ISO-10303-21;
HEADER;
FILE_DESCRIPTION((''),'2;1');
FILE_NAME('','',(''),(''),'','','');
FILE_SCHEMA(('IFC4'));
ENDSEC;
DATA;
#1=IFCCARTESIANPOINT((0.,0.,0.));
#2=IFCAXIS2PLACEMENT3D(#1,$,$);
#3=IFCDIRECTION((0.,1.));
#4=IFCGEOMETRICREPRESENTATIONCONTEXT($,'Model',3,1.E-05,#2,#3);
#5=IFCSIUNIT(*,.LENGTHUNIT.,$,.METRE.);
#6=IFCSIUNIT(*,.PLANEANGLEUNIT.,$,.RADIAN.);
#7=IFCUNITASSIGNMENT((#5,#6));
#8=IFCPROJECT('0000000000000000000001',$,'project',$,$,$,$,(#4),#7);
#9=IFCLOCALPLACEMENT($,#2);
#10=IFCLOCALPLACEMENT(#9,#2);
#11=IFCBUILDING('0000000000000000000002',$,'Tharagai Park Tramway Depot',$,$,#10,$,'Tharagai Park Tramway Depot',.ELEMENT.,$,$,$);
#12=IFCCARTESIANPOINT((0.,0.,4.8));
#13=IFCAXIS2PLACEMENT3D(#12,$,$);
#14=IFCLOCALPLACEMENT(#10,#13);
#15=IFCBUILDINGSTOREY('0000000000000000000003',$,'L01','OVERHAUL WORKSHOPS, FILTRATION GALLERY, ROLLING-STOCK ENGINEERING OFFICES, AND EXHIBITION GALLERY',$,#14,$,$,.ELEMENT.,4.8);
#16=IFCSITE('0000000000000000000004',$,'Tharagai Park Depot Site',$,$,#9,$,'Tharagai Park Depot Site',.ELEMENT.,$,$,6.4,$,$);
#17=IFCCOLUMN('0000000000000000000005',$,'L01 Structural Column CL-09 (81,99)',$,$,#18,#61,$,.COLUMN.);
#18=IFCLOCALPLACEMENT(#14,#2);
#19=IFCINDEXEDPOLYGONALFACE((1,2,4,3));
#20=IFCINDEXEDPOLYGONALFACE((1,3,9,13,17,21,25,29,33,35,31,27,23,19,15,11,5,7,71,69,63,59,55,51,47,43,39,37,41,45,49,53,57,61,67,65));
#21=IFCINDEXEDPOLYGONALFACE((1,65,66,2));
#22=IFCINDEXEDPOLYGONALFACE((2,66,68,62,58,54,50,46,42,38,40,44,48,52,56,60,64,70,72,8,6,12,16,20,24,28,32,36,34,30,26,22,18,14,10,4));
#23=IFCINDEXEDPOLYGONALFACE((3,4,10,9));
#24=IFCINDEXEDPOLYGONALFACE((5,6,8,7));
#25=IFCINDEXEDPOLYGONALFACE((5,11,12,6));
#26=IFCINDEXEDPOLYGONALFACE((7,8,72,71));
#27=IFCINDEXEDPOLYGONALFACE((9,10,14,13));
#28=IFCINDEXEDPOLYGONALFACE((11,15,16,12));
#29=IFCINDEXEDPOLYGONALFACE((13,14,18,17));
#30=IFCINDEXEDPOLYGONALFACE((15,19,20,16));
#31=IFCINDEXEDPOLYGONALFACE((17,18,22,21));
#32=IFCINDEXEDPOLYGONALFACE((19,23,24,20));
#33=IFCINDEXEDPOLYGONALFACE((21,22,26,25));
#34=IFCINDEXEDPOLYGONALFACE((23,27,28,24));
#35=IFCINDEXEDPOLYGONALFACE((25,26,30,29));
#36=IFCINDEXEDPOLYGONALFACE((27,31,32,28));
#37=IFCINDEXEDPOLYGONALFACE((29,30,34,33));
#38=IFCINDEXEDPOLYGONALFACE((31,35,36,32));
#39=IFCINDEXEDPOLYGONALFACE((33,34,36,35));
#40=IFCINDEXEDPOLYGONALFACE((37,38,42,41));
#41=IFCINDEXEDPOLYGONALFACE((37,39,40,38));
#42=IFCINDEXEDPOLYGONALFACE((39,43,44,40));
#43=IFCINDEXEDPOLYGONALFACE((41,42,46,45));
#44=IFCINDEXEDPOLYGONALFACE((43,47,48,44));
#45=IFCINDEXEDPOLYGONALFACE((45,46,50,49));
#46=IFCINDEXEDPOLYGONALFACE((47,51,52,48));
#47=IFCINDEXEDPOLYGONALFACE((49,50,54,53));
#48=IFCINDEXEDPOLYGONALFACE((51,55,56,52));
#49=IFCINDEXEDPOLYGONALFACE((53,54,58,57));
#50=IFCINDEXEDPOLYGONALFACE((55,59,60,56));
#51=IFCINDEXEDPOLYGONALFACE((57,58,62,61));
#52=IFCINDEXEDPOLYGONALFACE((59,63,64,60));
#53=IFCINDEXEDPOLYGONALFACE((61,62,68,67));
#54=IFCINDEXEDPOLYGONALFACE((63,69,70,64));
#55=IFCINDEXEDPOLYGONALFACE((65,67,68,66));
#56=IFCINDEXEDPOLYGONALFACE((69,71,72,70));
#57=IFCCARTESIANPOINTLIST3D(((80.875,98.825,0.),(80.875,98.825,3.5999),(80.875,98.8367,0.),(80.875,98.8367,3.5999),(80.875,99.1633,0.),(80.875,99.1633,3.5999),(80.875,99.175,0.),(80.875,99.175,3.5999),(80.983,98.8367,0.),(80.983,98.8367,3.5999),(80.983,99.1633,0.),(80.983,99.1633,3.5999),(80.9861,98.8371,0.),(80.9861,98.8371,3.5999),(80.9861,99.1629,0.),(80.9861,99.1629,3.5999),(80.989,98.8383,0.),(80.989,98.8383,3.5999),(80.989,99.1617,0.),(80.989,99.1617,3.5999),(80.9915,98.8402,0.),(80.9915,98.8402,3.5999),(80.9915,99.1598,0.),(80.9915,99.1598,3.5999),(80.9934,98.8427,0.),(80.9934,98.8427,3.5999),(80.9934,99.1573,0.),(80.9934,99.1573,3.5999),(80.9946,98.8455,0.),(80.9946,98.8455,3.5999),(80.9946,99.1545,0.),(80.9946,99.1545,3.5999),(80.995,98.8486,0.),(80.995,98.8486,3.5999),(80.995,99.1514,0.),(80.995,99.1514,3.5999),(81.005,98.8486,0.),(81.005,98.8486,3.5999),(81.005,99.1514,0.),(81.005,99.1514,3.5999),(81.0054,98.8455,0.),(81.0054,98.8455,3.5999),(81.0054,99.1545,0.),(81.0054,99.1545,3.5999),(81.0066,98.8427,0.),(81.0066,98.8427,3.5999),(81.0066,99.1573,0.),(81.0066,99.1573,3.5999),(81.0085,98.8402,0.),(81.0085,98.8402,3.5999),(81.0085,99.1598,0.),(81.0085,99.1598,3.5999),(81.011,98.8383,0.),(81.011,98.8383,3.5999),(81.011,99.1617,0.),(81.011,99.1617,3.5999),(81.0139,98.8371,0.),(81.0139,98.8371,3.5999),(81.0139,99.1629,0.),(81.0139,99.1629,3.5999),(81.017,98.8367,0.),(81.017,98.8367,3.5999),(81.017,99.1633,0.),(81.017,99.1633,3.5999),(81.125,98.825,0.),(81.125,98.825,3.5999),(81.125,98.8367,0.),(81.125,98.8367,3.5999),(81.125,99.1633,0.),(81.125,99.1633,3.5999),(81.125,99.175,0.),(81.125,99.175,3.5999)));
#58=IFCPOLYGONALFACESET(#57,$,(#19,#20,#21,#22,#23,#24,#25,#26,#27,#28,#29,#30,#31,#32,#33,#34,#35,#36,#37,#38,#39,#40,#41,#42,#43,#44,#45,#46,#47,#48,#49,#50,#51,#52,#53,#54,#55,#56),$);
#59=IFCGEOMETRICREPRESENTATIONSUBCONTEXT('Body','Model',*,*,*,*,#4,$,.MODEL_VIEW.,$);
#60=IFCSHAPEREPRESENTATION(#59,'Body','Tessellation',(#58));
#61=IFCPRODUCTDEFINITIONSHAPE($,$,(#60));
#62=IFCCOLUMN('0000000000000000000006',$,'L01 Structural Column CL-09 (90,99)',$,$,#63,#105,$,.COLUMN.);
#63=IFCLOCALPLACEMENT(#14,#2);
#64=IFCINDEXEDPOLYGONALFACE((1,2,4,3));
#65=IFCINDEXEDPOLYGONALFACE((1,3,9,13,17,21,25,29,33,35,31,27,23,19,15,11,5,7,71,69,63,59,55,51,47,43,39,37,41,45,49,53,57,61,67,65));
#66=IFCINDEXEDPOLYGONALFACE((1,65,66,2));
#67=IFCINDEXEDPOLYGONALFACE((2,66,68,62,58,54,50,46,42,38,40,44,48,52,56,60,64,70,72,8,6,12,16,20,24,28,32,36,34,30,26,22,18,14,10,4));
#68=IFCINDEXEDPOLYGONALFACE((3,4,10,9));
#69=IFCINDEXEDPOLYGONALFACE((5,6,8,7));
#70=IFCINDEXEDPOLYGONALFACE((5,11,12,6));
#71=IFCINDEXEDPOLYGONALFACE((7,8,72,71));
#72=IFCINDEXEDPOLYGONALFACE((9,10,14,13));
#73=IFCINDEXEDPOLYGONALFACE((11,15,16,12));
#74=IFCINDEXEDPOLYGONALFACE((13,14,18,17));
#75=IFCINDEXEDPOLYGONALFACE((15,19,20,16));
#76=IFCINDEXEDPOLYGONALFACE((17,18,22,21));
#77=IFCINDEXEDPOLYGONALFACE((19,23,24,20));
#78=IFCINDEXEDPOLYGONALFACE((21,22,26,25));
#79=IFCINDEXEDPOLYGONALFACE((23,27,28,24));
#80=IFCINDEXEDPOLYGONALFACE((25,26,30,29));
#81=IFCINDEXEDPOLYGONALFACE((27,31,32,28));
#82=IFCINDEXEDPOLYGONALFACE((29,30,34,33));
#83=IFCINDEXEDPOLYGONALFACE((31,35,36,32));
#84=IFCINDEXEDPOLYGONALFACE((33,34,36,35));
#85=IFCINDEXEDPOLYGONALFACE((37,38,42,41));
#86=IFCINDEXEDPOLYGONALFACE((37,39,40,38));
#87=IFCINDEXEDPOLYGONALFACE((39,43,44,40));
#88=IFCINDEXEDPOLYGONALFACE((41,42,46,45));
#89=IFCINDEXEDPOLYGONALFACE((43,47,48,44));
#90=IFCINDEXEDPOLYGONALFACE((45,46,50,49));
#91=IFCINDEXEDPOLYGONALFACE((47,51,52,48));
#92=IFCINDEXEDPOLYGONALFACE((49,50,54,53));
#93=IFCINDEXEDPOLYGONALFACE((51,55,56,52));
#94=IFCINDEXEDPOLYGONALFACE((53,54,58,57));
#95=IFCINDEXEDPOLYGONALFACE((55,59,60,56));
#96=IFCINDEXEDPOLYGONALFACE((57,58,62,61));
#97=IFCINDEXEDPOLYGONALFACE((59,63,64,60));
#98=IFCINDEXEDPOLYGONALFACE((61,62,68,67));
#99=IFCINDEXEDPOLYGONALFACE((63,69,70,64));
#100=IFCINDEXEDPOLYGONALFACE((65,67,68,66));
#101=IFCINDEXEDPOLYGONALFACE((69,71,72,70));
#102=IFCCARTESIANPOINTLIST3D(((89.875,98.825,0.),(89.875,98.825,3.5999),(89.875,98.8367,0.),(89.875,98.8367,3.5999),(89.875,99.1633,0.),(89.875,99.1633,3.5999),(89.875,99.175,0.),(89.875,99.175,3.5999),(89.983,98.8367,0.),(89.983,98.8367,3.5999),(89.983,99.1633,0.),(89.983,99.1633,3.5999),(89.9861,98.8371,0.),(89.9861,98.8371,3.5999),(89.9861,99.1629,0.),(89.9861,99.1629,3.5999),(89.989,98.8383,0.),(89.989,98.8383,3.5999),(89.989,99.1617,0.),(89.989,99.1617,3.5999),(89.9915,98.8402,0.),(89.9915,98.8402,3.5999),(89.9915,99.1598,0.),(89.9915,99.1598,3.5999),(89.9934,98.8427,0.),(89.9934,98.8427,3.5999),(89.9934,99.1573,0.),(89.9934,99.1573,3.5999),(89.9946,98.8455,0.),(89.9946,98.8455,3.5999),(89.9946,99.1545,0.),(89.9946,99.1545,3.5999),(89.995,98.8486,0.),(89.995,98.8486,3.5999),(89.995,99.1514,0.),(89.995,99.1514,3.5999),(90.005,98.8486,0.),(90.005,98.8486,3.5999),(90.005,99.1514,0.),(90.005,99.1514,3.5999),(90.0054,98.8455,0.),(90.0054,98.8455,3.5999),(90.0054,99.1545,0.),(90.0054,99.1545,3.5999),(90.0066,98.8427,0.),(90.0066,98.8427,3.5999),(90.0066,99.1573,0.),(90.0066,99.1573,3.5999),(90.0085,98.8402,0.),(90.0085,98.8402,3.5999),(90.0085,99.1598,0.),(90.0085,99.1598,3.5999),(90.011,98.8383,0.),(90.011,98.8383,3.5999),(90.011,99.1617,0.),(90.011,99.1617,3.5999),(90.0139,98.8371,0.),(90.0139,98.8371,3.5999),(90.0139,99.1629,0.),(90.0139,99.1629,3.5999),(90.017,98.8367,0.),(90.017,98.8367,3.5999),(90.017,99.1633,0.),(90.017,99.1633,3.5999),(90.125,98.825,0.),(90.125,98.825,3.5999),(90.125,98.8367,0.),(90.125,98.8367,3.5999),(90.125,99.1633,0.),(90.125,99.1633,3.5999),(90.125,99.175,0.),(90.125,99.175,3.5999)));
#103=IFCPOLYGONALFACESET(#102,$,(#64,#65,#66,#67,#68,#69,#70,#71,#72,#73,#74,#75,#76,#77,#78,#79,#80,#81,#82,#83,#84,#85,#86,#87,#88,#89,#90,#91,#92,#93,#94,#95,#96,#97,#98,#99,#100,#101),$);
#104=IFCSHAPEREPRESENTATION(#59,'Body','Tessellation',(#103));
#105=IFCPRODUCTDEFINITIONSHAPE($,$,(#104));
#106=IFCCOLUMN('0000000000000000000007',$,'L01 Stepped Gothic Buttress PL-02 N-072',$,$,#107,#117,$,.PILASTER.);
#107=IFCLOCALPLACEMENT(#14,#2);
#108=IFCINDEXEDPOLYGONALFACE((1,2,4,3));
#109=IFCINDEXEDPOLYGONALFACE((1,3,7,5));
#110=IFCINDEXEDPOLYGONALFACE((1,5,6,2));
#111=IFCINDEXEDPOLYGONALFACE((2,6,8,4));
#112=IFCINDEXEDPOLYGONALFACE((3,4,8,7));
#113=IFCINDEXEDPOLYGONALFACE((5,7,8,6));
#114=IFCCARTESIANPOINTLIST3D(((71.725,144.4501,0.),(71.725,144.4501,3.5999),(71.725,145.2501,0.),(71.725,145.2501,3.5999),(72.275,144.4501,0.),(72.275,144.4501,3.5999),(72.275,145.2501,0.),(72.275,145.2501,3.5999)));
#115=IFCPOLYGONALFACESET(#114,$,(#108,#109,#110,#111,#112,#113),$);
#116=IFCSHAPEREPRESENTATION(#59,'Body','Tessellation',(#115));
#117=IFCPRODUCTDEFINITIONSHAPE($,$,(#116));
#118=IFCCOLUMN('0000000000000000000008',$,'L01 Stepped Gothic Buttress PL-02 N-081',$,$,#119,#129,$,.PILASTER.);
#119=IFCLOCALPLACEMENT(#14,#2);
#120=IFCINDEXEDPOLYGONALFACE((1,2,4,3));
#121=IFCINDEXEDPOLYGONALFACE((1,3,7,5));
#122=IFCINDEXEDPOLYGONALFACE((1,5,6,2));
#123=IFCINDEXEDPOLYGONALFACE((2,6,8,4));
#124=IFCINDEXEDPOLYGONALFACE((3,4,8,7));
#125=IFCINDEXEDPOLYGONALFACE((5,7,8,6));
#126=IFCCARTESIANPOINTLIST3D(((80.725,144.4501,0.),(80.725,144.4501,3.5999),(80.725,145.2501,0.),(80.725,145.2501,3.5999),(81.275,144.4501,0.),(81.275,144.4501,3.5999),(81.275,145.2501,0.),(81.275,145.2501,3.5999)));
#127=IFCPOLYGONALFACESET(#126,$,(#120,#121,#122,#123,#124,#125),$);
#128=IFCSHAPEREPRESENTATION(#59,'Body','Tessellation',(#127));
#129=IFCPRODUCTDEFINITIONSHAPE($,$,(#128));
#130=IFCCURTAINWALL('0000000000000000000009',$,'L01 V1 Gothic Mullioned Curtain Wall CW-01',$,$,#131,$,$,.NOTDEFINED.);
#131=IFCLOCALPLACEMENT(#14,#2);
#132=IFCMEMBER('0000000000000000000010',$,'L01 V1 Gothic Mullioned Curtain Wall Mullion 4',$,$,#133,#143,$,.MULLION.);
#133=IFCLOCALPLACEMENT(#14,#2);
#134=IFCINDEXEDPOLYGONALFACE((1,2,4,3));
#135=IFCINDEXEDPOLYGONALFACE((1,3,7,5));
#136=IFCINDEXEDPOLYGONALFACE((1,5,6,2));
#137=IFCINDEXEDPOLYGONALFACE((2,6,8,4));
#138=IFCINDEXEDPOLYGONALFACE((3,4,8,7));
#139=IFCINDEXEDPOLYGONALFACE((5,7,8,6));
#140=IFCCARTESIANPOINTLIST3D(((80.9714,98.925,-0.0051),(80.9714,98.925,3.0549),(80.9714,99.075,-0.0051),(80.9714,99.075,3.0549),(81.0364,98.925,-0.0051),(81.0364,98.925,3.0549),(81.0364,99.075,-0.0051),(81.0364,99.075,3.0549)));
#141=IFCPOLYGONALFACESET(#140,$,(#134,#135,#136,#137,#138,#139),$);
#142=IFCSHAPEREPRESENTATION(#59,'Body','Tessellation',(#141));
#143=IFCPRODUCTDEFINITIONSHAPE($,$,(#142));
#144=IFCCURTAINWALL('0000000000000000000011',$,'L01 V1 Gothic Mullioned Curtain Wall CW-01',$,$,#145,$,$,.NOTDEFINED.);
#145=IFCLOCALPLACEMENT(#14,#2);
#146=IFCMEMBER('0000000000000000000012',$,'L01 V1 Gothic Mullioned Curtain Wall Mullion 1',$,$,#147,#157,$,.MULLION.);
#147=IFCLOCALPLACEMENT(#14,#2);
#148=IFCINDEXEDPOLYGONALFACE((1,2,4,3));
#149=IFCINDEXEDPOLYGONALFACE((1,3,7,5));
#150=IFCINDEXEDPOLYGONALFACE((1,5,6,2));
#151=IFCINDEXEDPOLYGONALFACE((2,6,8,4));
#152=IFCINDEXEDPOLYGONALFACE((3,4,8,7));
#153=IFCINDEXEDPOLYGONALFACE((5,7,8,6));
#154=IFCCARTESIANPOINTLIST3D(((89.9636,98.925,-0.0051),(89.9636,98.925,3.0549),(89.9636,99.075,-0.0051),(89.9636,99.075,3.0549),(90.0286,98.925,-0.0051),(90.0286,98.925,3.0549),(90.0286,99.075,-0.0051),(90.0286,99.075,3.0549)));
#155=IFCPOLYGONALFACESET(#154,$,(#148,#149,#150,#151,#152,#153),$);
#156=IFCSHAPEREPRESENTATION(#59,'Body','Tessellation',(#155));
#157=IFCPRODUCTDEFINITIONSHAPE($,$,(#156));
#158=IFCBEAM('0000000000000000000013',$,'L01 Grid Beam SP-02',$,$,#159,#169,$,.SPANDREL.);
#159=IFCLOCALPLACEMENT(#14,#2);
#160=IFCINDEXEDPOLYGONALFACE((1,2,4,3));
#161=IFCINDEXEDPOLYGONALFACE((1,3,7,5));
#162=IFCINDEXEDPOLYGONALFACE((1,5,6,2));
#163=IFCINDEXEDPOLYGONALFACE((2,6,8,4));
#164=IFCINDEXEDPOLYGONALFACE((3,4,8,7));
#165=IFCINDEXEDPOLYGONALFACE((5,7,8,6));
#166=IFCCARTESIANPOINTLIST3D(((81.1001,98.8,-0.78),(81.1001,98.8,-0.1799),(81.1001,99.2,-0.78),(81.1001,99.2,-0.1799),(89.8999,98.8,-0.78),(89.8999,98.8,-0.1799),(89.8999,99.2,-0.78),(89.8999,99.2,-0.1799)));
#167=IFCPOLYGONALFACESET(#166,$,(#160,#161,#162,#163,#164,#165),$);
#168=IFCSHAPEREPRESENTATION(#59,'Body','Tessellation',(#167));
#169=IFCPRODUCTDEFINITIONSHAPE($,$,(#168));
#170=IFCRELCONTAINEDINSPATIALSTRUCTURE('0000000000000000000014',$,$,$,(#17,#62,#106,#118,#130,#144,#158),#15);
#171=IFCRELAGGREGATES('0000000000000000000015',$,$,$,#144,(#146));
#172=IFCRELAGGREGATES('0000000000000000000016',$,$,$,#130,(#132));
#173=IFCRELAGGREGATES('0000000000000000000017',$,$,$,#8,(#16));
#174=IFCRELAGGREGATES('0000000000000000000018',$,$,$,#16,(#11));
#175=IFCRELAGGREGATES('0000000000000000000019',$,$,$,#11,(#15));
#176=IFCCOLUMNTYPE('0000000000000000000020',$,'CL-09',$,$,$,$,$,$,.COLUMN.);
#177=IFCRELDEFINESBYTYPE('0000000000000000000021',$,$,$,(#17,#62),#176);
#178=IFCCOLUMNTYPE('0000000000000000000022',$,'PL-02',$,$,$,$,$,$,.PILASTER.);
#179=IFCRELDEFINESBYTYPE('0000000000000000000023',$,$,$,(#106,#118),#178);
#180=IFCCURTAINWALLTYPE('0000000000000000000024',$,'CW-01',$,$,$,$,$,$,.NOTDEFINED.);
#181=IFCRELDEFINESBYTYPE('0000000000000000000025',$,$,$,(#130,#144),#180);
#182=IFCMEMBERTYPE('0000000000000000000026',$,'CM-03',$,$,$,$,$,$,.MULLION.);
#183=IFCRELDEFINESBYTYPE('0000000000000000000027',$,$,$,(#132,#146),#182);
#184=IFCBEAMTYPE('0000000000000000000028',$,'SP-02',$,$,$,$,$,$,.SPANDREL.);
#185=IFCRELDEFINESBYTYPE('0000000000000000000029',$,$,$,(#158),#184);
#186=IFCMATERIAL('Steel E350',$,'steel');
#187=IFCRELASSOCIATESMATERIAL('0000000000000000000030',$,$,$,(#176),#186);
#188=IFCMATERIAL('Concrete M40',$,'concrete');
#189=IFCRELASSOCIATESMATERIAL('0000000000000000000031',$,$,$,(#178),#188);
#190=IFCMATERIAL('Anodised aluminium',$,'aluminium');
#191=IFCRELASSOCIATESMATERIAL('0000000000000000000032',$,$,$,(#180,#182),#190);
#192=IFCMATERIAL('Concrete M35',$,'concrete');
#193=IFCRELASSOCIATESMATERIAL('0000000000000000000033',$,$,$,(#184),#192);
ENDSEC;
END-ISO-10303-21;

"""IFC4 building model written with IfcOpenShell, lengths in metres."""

from ifc_helpers import new_model, si_unit, direction, frame, origin, origin_2d, place, context, subcontext, project, spatial, rectangle, i_section, extrude, material, material_profile, profile_set, type_object, element, aggregate, save


model = new_model("IFC4")

# Units and contexts
model_context = context("Model", 3, precision=1e-05, world=origin(), true_north=direction((0.0, 1.0)))
body_context = subcontext(model_context, "Body", "Model", "MODEL_VIEW")
ifc_project = project(units=[si_unit("LENGTHUNIT", "METRE"), si_unit("PLANEANGLEUNIT", "RADIAN")], contexts=[model_context])

# Site, building, storey
site_placement = place(None, origin())
site = spatial("IfcSite", under=ifc_project, at=site_placement, Name="Tharagai Park Depot Site", LongName="Tharagai Park Depot Site", CompositionType="ELEMENT", RefElevation=6.4)
building_placement = place(site_placement, origin())
building = spatial("IfcBuilding", under=site, at=building_placement, Name="Tharagai Park Tramway Depot", LongName="Tharagai Park Tramway Depot", CompositionType="ELEMENT")
storey_placement = place(building_placement, frame((0.0, 0.0, 4.8)))
storey = spatial("IfcBuildingStorey", under=building, at=storey_placement, Name="L01", Description="OVERHAUL WORKSHOPS, FILTRATION GALLERY, ROLLING-STOCK ENGINEERING OFFICES, AND EXHIBITION GALLERY", CompositionType="ELEMENT", Elevation=4.8)

# Columns
ifc_material_1 = material(Name="Steel E350", Category="steel")
ifc_material_profile_1 = material_profile(ifc_material_1, i_section(OverallWidth=0.25, OverallDepth=0.3501, WebThickness=0.01, FlangeThickness=0.0117, FilletRadius=0.012, at=origin_2d()), Name="ISHB 350")
ifc_profile_set_1 = profile_set([ifc_material_profile_1], Name="Steel E350")
column_type_1 = type_object("IfcColumnType", Name="CL-09", PredefinedType="COLUMN", material=ifc_profile_set_1)
for number, where, z_axis, x_axis, name in (
    (1, (81.0, 99.0, 0.0), (0.0, 0.0, 1.0), (1.0, 0.0, 0.0), "L01 Structural Column CL-09 (81,99)"),
    (2, (90.0, 99.0, 0.0), (0.0, 0.0, 1.0), (1.0, 0.0, 0.0), "L01 Structural Column CL-09 (90,99)"),
):
    element("IfcColumn", number, at=place(storey_placement, frame(where, z_axis=z_axis, x_axis=x_axis)), inside=storey, type_object=column_type_1, Name=name, PredefinedType="COLUMN", context=body_context, shape_type="SweptSolid", body=[
        extrude(i_section(OverallWidth=0.25, OverallDepth=0.3501, WebThickness=0.01, FlangeThickness=0.0117, FilletRadius=0.012, at=origin_2d()), origin(), (0.0, 0.0, 1.0), 3.5999),
    ])
ifc_material_2 = material(Name="Concrete M40", Category="concrete")
ifc_material_profile_2 = material_profile(ifc_material_2, rectangle(XDim=0.55, YDim=0.8, at=origin_2d()), Name="RC 550x800")
ifc_profile_set_2 = profile_set([ifc_material_profile_2], Name="Concrete M40")
column_type_2 = type_object("IfcColumnType", Name="PL-02", PredefinedType="PILASTER", material=ifc_profile_set_2)
for number, where, z_axis, x_axis, name in (
    (3, (72.0, 144.8501, 0.0), (0.0, 0.0, 1.0), (1.0, 0.0, 0.0), "L01 Stepped Gothic Buttress PL-02 N-072"),
    (4, (81.0, 144.8501, 0.0), (0.0, 0.0, 1.0), (1.0, 0.0, 0.0), "L01 Stepped Gothic Buttress PL-02 N-081"),
):
    element("IfcColumn", number, at=place(storey_placement, frame(where, z_axis=z_axis, x_axis=x_axis)), inside=storey, type_object=column_type_2, Name=name, PredefinedType="PILASTER", context=body_context, shape_type="SweptSolid", body=[
        extrude(rectangle(XDim=0.55, YDim=0.8, at=origin_2d()), origin(), (0.0, 0.0, 1.0), 3.5999),
    ])

# Curtain walls, members
ifc_material_3 = material(Name="Anodised aluminium", Category="aluminium")
curtain_wall_type = type_object("IfcCurtainWallType", Name="CW-01", PredefinedType="NOTDEFINED", material=ifc_material_3)
curtain_wall_1_placement = place(storey_placement, origin())
curtain_wall_1 = element("IfcCurtainWall", 5, at=curtain_wall_1_placement, inside=storey, type_object=curtain_wall_type, Name="L01 V1 Gothic Mullioned Curtain Wall CW-01", PredefinedType="NOTDEFINED")
ifc_material_profile_3 = material_profile(ifc_material_3, rectangle(XDim=0.0649, YDim=0.1499, at=origin_2d()), Name="ALU 65x150")
ifc_profile_set_3 = profile_set([ifc_material_profile_3], Name="Anodised aluminium")
member_type = type_object("IfcMemberType", Name="CM-03", PredefinedType="MULLION", material=ifc_profile_set_3)
member_1_placement = place(storey_placement, frame((81.0039, 99.0, -0.0051), z_axis=(0.0, 0.0, 1.0), x_axis=(1.0, 0.0, 0.0)))
member_1 = element("IfcMember", 6, at=member_1_placement, type_object=member_type, Name="L01 V1 Gothic Mullioned Curtain Wall Mullion 4", PredefinedType="MULLION", context=body_context, shape_type="SweptSolid", body=[
    extrude(rectangle(XDim=0.0649, YDim=0.1499, at=origin_2d()), origin(), (0.0, 0.0, 1.0), 3.0601),
])
curtain_wall_2_placement = place(storey_placement, origin())
curtain_wall_2 = element("IfcCurtainWall", 7, at=curtain_wall_2_placement, inside=storey, type_object=curtain_wall_type, Name="L01 V1 Gothic Mullioned Curtain Wall CW-01", PredefinedType="NOTDEFINED")
member_2_placement = place(storey_placement, frame((89.9961, 99.0, -0.0051), z_axis=(0.0, 0.0, 1.0), x_axis=(1.0, 0.0, 0.0)))
member_2 = element("IfcMember", 8, at=member_2_placement, type_object=member_type, Name="L01 V1 Gothic Mullioned Curtain Wall Mullion 1", PredefinedType="MULLION", context=body_context, shape_type="SweptSolid", body=[
    extrude(rectangle(XDim=0.0649, YDim=0.1499, at=origin_2d()), origin(), (0.0, 0.0, 1.0), 3.0601),
])
aggregate(curtain_wall_2, [member_2])

# Beam
ifc_material_4 = material(Name="Concrete M35", Category="concrete")
ifc_material_profile_4 = material_profile(ifc_material_4, rectangle(XDim=0.3999, YDim=0.6001, at=origin_2d()), Name="RC 400x600")
ifc_profile_set_4 = profile_set([ifc_material_profile_4], Name="Concrete M35")
beam_type_1 = type_object("IfcBeamType", Name="SP-02", PredefinedType="SPANDREL", material=ifc_profile_set_4)
beam_placement = place(storey_placement, frame((81.1001, 99.0, -0.48), z_axis=(1.0, 0.0, 0.0), x_axis=(0.0, 1.0, 0.0)))
element("IfcBeam", 9, at=beam_placement, inside=storey, type_object=beam_type_1, Name="L01 Grid Beam SP-02", PredefinedType="SPANDREL", context=body_context, shape_type="SweptSolid", body=[
    extrude(rectangle(XDim=0.3999, YDim=0.6001, at=origin_2d()), origin(), (0.0, 0.0, 1.0), 8.7998),
])

aggregate(curtain_wall_1, [member_1])

save(model, "model.ifc")
